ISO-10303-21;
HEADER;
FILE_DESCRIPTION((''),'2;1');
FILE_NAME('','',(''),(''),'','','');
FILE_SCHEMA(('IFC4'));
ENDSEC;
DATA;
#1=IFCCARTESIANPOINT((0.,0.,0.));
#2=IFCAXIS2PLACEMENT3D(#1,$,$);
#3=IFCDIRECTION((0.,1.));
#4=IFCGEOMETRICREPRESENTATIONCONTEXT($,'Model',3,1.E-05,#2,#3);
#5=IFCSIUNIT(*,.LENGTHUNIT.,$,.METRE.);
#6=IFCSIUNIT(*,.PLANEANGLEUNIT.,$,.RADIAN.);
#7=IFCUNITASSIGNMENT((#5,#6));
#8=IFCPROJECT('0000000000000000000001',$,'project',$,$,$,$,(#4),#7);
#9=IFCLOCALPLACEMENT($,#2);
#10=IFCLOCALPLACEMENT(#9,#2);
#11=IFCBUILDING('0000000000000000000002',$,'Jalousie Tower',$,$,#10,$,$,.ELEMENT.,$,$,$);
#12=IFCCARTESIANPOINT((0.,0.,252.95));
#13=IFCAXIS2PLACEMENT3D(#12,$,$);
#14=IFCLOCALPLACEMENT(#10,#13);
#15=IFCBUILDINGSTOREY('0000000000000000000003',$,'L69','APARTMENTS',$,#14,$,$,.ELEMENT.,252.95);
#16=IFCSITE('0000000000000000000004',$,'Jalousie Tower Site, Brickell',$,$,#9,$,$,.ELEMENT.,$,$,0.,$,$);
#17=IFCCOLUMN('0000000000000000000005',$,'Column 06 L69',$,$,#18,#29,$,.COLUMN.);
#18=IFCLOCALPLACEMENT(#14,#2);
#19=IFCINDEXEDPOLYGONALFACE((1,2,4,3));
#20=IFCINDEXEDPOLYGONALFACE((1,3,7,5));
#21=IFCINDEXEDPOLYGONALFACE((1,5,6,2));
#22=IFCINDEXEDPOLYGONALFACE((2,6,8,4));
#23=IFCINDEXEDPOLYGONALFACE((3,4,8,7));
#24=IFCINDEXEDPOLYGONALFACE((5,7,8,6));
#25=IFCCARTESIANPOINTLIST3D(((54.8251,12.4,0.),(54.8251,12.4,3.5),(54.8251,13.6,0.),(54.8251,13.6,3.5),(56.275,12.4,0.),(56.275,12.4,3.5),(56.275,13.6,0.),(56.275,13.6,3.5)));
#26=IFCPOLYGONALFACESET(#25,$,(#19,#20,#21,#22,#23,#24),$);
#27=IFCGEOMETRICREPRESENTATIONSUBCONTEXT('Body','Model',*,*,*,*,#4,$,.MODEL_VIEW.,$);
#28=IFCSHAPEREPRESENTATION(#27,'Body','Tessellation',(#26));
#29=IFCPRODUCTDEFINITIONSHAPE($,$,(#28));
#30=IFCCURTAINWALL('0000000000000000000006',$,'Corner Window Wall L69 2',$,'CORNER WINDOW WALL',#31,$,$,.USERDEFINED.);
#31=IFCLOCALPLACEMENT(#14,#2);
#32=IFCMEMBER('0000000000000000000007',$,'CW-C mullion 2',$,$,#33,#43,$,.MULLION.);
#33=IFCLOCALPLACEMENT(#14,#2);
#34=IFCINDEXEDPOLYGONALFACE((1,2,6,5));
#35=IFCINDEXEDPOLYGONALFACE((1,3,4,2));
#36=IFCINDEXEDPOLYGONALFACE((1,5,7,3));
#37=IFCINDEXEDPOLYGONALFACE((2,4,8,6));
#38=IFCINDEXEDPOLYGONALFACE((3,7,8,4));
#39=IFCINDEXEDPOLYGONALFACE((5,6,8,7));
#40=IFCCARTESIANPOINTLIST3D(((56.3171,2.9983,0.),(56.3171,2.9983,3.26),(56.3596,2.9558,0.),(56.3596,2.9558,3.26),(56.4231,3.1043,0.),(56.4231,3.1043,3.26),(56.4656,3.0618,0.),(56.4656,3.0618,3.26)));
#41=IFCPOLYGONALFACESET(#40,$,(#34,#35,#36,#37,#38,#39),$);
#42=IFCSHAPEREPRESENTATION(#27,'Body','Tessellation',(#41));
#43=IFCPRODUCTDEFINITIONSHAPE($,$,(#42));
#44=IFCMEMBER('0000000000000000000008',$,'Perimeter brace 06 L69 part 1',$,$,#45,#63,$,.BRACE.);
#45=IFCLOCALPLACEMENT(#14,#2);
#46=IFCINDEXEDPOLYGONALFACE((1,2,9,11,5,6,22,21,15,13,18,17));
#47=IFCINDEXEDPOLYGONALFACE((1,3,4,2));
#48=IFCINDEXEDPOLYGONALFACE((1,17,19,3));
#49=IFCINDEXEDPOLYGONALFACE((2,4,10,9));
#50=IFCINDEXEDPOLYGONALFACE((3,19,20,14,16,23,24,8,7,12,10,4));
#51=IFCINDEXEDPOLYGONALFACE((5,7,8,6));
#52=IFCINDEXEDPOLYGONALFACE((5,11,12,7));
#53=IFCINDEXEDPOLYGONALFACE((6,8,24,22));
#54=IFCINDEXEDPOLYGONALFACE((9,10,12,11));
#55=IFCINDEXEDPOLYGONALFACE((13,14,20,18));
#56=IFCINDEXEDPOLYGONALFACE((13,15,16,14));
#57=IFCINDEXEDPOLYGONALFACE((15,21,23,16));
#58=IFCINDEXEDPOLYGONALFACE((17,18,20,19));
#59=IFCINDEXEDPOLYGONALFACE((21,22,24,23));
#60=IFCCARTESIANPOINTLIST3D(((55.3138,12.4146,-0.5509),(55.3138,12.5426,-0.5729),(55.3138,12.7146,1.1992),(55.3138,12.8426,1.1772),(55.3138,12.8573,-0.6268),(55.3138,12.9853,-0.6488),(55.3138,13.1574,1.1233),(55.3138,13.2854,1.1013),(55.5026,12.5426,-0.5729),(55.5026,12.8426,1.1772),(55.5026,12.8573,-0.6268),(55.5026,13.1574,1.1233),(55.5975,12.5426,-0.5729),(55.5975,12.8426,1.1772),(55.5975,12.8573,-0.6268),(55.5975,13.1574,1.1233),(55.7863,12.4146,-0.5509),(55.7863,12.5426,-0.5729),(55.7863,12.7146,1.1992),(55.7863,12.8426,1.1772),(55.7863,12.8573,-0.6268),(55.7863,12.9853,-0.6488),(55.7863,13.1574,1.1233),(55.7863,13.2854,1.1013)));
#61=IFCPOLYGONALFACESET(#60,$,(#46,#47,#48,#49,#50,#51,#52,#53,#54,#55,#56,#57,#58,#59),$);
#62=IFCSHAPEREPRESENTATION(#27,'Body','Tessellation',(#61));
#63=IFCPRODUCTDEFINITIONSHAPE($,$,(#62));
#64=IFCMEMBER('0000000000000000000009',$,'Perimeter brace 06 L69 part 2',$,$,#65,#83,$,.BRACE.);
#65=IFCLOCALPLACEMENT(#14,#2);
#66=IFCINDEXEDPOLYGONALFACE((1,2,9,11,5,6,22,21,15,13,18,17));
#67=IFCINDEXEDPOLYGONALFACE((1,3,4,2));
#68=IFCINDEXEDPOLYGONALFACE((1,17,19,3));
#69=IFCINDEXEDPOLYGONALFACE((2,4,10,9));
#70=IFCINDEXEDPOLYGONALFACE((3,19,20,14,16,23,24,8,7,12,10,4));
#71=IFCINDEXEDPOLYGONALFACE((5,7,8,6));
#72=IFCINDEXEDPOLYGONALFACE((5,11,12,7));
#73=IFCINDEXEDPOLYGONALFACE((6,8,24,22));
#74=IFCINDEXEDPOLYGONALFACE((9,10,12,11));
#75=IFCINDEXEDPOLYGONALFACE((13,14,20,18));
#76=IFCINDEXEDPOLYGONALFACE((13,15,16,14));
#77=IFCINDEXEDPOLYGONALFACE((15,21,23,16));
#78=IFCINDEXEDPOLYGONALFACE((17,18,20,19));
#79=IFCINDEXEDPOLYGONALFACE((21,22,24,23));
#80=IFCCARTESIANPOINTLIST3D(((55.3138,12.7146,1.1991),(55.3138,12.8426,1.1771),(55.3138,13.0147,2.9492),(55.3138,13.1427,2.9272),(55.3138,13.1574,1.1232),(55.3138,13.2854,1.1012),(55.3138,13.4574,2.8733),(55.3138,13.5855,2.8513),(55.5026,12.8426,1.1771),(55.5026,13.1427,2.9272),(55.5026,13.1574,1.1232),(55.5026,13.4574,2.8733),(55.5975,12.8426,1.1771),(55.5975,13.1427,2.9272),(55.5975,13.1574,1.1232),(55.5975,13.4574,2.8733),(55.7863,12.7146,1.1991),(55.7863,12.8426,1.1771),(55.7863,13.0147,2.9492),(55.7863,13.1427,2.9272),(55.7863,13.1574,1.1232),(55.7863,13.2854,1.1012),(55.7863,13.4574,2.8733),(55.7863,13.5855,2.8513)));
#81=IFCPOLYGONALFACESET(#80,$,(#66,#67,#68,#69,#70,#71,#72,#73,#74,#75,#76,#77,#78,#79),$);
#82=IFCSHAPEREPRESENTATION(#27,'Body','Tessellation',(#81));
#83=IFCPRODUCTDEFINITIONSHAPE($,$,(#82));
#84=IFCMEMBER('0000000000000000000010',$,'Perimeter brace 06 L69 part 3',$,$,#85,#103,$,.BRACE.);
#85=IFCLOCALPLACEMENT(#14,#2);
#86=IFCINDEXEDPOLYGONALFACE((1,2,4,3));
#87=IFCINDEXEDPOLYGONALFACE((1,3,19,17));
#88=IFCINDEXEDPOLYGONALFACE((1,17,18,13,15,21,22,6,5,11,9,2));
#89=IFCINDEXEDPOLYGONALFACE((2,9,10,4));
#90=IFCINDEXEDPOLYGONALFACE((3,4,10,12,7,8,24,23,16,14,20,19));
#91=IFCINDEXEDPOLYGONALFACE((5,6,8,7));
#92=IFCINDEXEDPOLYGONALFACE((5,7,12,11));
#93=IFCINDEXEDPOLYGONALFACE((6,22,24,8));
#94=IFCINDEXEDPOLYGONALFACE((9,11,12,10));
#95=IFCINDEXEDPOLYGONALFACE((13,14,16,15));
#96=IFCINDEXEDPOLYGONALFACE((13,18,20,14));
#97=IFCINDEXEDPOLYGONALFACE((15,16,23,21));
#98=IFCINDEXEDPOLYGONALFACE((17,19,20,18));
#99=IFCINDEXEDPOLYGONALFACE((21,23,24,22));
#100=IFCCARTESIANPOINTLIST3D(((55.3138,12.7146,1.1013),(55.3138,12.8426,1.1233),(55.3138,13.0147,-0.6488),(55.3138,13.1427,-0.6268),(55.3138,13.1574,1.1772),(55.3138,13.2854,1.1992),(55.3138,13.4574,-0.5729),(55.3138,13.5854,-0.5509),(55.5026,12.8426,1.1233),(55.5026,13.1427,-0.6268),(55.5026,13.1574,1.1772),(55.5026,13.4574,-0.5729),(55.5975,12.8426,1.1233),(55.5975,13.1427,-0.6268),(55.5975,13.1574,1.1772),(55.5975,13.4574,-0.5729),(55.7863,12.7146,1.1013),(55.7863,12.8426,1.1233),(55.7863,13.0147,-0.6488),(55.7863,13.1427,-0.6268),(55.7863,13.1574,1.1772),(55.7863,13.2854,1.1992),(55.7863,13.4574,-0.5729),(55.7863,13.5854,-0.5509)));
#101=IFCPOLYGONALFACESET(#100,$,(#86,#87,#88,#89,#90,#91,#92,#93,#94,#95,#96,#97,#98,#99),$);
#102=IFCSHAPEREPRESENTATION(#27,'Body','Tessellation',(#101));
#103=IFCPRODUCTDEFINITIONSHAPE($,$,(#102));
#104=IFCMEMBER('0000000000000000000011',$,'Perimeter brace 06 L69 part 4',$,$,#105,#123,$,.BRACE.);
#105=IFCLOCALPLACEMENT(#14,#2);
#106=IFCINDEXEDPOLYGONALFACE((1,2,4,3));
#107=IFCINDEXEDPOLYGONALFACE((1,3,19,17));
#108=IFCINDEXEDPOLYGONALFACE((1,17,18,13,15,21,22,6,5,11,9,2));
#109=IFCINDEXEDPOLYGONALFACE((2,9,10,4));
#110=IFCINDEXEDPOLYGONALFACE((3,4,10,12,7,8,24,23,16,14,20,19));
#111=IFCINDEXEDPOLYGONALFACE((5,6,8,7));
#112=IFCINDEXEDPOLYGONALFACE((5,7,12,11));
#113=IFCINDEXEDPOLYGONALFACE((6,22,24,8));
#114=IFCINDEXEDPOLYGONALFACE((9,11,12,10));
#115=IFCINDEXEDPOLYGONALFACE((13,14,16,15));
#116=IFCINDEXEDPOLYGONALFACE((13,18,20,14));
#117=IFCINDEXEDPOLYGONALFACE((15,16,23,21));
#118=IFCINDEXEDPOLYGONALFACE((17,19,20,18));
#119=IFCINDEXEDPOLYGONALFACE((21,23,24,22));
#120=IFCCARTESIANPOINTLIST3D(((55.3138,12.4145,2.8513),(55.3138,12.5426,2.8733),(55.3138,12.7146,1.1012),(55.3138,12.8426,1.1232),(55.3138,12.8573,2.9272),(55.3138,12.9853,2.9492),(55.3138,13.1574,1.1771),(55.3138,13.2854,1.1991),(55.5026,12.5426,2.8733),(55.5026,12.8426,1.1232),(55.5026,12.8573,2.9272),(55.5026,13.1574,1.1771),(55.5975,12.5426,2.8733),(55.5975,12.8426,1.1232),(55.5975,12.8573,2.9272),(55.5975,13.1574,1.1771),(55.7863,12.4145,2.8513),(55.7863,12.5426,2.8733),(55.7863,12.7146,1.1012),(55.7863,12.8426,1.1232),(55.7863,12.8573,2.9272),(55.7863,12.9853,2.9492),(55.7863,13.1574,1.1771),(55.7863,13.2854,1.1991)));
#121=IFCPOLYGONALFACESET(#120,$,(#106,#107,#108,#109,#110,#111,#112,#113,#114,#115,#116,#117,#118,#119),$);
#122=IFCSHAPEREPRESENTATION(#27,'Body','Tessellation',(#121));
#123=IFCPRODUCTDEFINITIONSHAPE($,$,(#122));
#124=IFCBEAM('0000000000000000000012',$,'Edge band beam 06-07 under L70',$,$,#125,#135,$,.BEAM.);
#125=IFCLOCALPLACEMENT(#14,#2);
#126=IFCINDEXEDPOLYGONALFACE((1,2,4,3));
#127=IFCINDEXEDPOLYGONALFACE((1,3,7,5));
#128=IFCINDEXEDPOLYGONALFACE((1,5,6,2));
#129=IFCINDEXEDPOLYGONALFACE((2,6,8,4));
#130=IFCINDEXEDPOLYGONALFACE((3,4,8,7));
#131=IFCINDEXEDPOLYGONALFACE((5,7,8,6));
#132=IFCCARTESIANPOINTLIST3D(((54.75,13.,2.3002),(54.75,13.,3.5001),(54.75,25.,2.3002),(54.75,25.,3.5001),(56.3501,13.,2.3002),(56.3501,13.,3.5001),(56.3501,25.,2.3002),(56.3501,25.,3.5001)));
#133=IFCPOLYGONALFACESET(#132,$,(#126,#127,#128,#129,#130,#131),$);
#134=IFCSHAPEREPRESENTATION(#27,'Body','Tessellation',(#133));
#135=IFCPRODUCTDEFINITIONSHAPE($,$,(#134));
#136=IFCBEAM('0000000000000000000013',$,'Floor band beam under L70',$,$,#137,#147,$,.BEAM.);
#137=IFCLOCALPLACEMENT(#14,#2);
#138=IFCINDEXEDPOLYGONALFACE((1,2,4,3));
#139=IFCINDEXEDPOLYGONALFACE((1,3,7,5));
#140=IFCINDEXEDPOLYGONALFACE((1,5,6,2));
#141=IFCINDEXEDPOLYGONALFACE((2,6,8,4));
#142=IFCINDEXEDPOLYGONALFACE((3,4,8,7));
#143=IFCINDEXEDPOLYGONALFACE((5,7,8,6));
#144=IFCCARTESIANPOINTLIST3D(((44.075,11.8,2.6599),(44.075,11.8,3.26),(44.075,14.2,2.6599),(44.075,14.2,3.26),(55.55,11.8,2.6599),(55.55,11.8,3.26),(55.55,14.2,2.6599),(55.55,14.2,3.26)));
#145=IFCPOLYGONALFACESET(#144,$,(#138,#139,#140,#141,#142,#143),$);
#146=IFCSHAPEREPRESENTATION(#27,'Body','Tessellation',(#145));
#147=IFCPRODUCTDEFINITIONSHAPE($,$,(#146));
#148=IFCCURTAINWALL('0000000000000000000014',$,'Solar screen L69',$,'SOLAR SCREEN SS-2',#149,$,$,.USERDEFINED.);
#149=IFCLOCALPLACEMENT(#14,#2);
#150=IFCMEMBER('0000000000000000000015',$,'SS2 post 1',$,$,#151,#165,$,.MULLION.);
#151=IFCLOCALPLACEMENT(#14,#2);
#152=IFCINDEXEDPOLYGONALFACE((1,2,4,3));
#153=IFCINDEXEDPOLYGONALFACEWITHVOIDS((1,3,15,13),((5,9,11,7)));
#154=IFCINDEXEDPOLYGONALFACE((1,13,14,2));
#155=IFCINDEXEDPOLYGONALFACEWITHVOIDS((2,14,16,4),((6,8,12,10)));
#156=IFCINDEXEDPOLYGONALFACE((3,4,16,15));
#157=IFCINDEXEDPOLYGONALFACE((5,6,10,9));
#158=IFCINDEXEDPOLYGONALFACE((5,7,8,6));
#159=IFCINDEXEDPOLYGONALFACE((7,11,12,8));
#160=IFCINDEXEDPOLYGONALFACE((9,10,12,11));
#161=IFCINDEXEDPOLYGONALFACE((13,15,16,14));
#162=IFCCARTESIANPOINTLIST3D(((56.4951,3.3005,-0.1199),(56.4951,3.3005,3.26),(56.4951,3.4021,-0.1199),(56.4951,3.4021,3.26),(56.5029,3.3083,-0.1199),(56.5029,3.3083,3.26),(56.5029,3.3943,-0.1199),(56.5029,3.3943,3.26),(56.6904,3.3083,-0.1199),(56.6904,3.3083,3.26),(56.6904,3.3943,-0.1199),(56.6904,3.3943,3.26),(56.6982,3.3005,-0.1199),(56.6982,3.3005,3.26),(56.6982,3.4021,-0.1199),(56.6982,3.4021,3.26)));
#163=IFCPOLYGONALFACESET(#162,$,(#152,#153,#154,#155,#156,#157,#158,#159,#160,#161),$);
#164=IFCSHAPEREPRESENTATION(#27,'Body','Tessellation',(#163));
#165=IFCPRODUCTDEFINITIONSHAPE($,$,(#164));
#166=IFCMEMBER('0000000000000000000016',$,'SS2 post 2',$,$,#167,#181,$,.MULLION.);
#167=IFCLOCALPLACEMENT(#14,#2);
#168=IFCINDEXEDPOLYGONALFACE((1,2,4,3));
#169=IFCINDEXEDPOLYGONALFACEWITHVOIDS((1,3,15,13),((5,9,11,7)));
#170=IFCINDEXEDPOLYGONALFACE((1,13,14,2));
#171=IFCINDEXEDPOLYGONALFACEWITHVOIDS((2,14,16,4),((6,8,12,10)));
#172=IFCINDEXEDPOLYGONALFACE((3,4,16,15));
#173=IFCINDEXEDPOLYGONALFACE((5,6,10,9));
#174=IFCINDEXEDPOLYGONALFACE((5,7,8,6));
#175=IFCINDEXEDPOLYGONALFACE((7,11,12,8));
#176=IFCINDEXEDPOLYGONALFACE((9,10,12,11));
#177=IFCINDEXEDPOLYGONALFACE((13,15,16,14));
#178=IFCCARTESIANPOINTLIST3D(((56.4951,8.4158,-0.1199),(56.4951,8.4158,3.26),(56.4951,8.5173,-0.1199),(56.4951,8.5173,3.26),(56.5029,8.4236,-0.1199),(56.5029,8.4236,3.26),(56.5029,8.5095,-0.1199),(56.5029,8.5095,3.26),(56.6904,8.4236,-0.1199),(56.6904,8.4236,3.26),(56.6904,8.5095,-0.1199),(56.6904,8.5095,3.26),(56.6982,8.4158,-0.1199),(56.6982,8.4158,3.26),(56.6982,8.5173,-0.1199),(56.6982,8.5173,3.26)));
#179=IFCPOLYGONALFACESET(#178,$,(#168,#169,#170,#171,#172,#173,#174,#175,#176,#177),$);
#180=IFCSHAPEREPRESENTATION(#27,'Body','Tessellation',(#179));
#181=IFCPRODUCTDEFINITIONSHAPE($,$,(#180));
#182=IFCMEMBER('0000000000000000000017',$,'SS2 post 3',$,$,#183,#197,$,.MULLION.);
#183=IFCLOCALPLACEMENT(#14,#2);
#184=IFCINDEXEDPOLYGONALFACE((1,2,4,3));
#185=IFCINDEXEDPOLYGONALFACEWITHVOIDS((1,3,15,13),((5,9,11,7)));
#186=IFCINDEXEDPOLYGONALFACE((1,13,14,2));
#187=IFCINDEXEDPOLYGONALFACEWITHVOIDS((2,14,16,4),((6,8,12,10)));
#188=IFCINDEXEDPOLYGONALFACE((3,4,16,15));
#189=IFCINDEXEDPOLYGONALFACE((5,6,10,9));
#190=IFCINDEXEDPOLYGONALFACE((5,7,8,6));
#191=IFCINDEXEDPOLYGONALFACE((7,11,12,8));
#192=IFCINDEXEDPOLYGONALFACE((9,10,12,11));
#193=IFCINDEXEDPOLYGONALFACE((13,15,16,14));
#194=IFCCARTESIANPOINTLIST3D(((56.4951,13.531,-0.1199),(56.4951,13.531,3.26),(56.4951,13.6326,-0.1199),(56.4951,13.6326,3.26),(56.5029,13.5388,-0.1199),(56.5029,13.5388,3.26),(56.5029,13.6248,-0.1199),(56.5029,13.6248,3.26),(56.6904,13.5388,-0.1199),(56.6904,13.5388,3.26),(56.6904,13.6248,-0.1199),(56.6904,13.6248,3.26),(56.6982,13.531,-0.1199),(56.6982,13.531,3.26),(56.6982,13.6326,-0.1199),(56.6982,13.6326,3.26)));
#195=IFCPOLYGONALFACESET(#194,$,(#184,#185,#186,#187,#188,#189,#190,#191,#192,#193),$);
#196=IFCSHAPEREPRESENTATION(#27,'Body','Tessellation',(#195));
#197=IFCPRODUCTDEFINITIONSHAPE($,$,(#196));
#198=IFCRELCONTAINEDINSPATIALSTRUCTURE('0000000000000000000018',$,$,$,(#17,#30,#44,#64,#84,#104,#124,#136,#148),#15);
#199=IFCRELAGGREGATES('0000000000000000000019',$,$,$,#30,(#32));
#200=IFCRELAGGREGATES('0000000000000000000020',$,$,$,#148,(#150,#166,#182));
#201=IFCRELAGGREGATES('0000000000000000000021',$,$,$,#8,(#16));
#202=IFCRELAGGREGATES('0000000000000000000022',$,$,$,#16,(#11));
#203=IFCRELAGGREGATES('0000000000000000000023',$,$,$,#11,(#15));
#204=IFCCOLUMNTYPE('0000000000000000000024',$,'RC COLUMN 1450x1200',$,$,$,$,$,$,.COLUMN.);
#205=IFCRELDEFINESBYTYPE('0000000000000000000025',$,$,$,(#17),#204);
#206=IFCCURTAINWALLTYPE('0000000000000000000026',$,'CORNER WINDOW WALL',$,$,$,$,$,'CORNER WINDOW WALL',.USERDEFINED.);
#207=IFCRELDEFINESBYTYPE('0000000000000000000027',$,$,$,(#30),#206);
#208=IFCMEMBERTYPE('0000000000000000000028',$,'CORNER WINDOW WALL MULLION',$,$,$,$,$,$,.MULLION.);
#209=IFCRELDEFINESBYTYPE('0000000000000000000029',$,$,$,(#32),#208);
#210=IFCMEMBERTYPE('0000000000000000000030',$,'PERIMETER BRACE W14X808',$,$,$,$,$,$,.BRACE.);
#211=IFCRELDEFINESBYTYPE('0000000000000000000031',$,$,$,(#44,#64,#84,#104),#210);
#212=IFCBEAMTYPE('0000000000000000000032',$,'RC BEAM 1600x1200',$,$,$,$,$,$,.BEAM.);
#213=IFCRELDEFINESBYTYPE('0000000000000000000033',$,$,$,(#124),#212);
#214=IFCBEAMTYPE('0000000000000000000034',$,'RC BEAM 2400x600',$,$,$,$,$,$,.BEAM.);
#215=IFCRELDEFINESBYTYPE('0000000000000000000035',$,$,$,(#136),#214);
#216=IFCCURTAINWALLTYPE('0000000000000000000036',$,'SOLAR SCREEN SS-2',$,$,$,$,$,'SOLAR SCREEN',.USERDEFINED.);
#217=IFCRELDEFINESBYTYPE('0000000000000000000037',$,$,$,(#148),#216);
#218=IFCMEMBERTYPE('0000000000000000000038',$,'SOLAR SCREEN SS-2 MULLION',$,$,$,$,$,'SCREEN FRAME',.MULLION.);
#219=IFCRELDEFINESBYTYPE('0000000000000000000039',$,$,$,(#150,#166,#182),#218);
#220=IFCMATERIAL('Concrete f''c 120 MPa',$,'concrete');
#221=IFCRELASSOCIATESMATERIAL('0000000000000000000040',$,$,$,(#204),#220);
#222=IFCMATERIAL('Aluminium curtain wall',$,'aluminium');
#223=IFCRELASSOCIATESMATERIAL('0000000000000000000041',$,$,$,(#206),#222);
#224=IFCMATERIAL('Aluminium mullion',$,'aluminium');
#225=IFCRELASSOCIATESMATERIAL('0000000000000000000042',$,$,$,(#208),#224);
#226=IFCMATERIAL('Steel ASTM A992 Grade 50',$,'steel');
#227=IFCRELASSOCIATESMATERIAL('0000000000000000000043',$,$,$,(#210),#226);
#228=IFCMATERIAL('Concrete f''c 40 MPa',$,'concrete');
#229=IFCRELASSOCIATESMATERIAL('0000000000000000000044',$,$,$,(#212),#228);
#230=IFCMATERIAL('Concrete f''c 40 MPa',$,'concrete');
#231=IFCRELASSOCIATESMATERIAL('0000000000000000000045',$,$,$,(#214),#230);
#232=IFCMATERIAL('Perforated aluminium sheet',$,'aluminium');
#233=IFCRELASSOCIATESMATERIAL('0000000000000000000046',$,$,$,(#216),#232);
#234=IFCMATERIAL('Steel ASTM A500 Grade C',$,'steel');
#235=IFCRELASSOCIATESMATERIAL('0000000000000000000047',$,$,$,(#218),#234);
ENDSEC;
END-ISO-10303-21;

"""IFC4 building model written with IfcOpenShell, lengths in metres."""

from ifc_helpers import new_model, si_unit, direction, frame, origin, origin_2d, place, context, subcontext, project, spatial, rectangle, hollow_rectangle, i_section, extrude, material, material_profile, profile_set, type_object, element, aggregate, save


model = new_model("IFC4")

# Units and contexts
model_context = context("Model", 3, precision=1e-05, world=origin(), true_north=direction((0.0, 1.0)))
body_context = subcontext(model_context, "Body", "Model", "MODEL_VIEW")
ifc_project = project(units=[si_unit("LENGTHUNIT", "METRE"), si_unit("PLANEANGLEUNIT", "RADIAN")], contexts=[model_context])

# Site, building, storey
site_placement = place(None, origin())
site = spatial("IfcSite", under=ifc_project, at=site_placement, Name="Jalousie Tower Site, Brickell", CompositionType="ELEMENT", RefElevation=0.0)
building_placement = place(site_placement, origin())
building = spatial("IfcBuilding", under=site, at=building_placement, Name="Jalousie Tower", CompositionType="ELEMENT")
storey_placement = place(building_placement, frame((0.0, 0.0, 252.95)))
storey = spatial("IfcBuildingStorey", under=building, at=storey_placement, Name="L69", Description="APARTMENTS", CompositionType="ELEMENT", Elevation=252.95)

# Column
ifc_material_1 = material(Name="Concrete f'c 120 MPa", Category="concrete")
ifc_material_profile_1 = material_profile(ifc_material_1, rectangle(XDim=1.45, YDim=1.2, at=origin_2d()), Name="RC 1450x1200")
ifc_profile_set_1 = profile_set([ifc_material_profile_1], Name="Concrete f'c 120 MPa")
column_type = type_object("IfcColumnType", Name="RC COLUMN 1450x1200", PredefinedType="COLUMN", material=ifc_profile_set_1)
column_placement = place(storey_placement, frame((55.55, 13.0, 0.0), z_axis=(0.0, 0.0, 1.0), x_axis=(1.0, 0.0, 0.0)))
element("IfcColumn", 1, at=column_placement, inside=storey, type_object=column_type, Name="Column 06 L69", PredefinedType="COLUMN", context=body_context, shape_type="SweptSolid", body=[
    extrude(rectangle(XDim=1.45, YDim=1.2, at=origin_2d()), origin(), (0.0, 0.0, 1.0), 3.5),
])

# Curtain wall, member
ifc_material_2 = material(Name="Aluminium curtain wall", Category="aluminium")
curtain_wall_type_1 = type_object("IfcCurtainWallType", Name="CORNER WINDOW WALL", ElementType="CORNER WINDOW WALL", PredefinedType="USERDEFINED", material=ifc_material_2)
curtain_wall_1_placement = place(storey_placement, origin())
curtain_wall_1 = element("IfcCurtainWall", 2, at=curtain_wall_1_placement, inside=storey, type_object=curtain_wall_type_1, Name="Corner Window Wall L69 2", ObjectType="CORNER WINDOW WALL", PredefinedType="USERDEFINED")
ifc_material_3 = material(Name="Aluminium mullion", Category="aluminium")
ifc_material_profile_2 = material_profile(ifc_material_3, rectangle(XDim=0.0601, YDim=0.1499, at=origin_2d()), Name="MULLION 60x150")
ifc_profile_set_2 = profile_set([ifc_material_profile_2], Name="Aluminium mullion")
member_type_1 = type_object("IfcMemberType", Name="CORNER WINDOW WALL MULLION", PredefinedType="MULLION", material=ifc_profile_set_2)
member_1_placement = place(storey_placement, frame((56.3914, 3.03, 0.0), z_axis=(0.0, 0.0, 1.0), x_axis=(-0.707107, 0.707107, 0.0)))
member_1 = element("IfcMember", 3, at=member_1_placement, type_object=member_type_1, Name="CW-C mullion 2", PredefinedType="MULLION", context=body_context, shape_type="SweptSolid", body=[
    extrude(rectangle(XDim=0.0601, YDim=0.1499, at=origin_2d()), origin(), (0.0, 0.0, 1.0), 3.26),
])
aggregate(curtain_wall_1, [member_1])

# Members
ifc_material_4 = material(Name="Steel ASTM A992 Grade 50", Category="steel")
ifc_material_profile_3 = material_profile(ifc_material_4, i_section(OverallWidth=0.4724, OverallDepth=0.5791, WebThickness=0.095, FlangeThickness=0.1299, at=origin_2d()), Name="W14X808")
ifc_profile_set_3 = profile_set([ifc_material_profile_3], Name="Steel ASTM A992 Grade 50")
member_type_2 = type_object("IfcMemberType", Name="PERIMETER BRACE W14X808", PredefinedType="BRACE", material=ifc_profile_set_3)
for number, where, z_axis, x_axis, name in (
    (4, (55.55, 12.7, -0.5999), (0.0, 0.168991, 0.985618), (-1.0, 0.0, 0.0), "Perimeter brace 06 L69 part 1"),
    (5, (55.55, 13.0, 1.1501), (0.0, 0.168991, 0.985618), (-1.0, 0.0, 0.0), "Perimeter brace 06 L69 part 2"),
    (6, (55.55, 13.3, -0.5999), (0.0, -0.168991, 0.985618), (1.0, 0.0, 0.0), "Perimeter brace 06 L69 part 3"),
    (7, (55.55, 13.0, 1.1501), (0.0, -0.168991, 0.985618), (1.0, 0.0, 0.0), "Perimeter brace 06 L69 part 4"),
):
    element("IfcMember", number, at=place(storey_placement, frame(where, z_axis=z_axis, x_axis=x_axis)), inside=storey, type_object=member_type_2, Name=name, PredefinedType="BRACE", context=body_context, shape_type="SweptSolid", body=[
        extrude(i_section(OverallWidth=0.4724, OverallDepth=0.5791, WebThickness=0.095, FlangeThickness=0.1299, at=origin_2d()), origin(), (0.0, 0.0, 1.0), 1.7756),
    ])

# Beams
ifc_material_5 = material(Name="Concrete f'c 40 MPa", Category="concrete")
ifc_material_profile_4 = material_profile(ifc_material_5, rectangle(XDim=1.6001, YDim=1.2, at=origin_2d()), Name="RC 1600x1200")
ifc_profile_set_4 = profile_set([ifc_material_profile_4], Name="Concrete f'c 40 MPa")
beam_type_1 = type_object("IfcBeamType", Name="RC BEAM 1600x1200", PredefinedType="BEAM", material=ifc_profile_set_4)
beam_1_placement = place(storey_placement, frame((55.55, 13.0, 2.9001), z_axis=(0.0, 1.0, 0.0), x_axis=(-1.0, 0.0, 0.0)))
element("IfcBeam", 8, at=beam_1_placement, inside=storey, type_object=beam_type_1, Name="Edge band beam 06-07 under L70", PredefinedType="BEAM", context=body_context, shape_type="SweptSolid", body=[
    extrude(rectangle(XDim=1.6001, YDim=1.2, at=origin_2d()), origin(), (0.0, 0.0, 1.0), 12.0),
])
ifc_material_6 = material(Name="Concrete f'c 40 MPa", Category="concrete")
ifc_material_profile_5 = material_profile(ifc_material_6, rectangle(XDim=2.3999, YDim=0.6001, at=origin_2d()), Name="RC 2400x600")
ifc_profile_set_5 = profile_set([ifc_material_profile_5], Name="Concrete f'c 40 MPa")
beam_type_2 = type_object("IfcBeamType", Name="RC BEAM 2400x600", PredefinedType="BEAM", material=ifc_profile_set_5)
beam_2_placement = place(storey_placement, frame((55.55, 13.0, 2.96), z_axis=(-1.0, 0.0, 0.0), x_axis=(0.0, -1.0, 0.0)))
element("IfcBeam", 9, at=beam_2_placement, inside=storey, type_object=beam_type_2, Name="Floor band beam under L70", PredefinedType="BEAM", context=body_context, shape_type="SweptSolid", body=[
    extrude(rectangle(XDim=2.3999, YDim=0.6001, at=origin_2d()), origin(), (0.0, 0.0, 1.0), 11.4751),
])

# Curtain wall, members
ifc_material_7 = material(Name="Perforated aluminium sheet", Category="aluminium")
curtain_wall_type_2 = type_object("IfcCurtainWallType", Name="SOLAR SCREEN SS-2", ElementType="SOLAR SCREEN", PredefinedType="USERDEFINED", material=ifc_material_7)
curtain_wall_2_placement = place(storey_placement, origin())
curtain_wall_2 = element("IfcCurtainWall", 10, at=curtain_wall_2_placement, inside=storey, type_object=curtain_wall_type_2, Name="Solar screen L69", ObjectType="SOLAR SCREEN SS-2", PredefinedType="USERDEFINED")
ifc_material_8 = material(Name="Steel ASTM A500 Grade C", Category="steel")
ifc_material_profile_6 = material_profile(ifc_material_8, hollow_rectangle(XDim=0.1016, YDim=0.2031, WallThickness=0.0078, at=origin_2d()), Name="HSS8X4X5/16")
ifc_profile_set_6 = profile_set([ifc_material_profile_6], Name="Steel ASTM A500 Grade C")
member_type_3 = type_object("IfcMemberType", Name="SOLAR SCREEN SS-2 MULLION", ElementType="SCREEN FRAME", PredefinedType="MULLION", material=ifc_profile_set_6)
member_2_placement = place(storey_placement, frame((56.5967, 3.3513, -0.1199), z_axis=(0.0, 0.0, 1.0), x_axis=(0.0, 1.0, 0.0)))
member_2 = element("IfcMember", 11, at=member_2_placement, type_object=member_type_3, Name="SS2 post 1", PredefinedType="MULLION", context=body_context, shape_type="SweptSolid", body=[
    extrude(hollow_rectangle(XDim=0.1016, YDim=0.2031, WallThickness=0.0078, at=origin_2d()), origin(), (0.0, 0.0, 1.0), 3.3799),
])
member_3_placement = place(storey_placement, frame((56.5967, 8.4666, -0.1199), z_axis=(0.0, 0.0, 1.0), x_axis=(0.0, 1.0, 0.0)))
member_3 = element("IfcMember", 12, at=member_3_placement, type_object=member_type_3, Name="SS2 post 2", PredefinedType="MULLION", context=body_context, shape_type="SweptSolid", body=[
    extrude(hollow_rectangle(XDim=0.1016, YDim=0.2031, WallThickness=0.0078, at=origin_2d()), origin(), (0.0, 0.0, 1.0), 3.3799),
])
member_4_placement = place(storey_placement, frame((56.5967, 13.5818, -0.1199), z_axis=(0.0, 0.0, 1.0), x_axis=(0.0, 1.0, 0.0)))
member_4 = element("IfcMember", 13, at=member_4_placement, type_object=member_type_3, Name="SS2 post 3", PredefinedType="MULLION", context=body_context, shape_type="SweptSolid", body=[
    extrude(hollow_rectangle(XDim=0.1016, YDim=0.2031, WallThickness=0.0078, at=origin_2d()), origin(), (0.0, 0.0, 1.0), 3.3799),
])
aggregate(curtain_wall_2, [member_2, member_3, member_4])

save(model, "model.ifc")
